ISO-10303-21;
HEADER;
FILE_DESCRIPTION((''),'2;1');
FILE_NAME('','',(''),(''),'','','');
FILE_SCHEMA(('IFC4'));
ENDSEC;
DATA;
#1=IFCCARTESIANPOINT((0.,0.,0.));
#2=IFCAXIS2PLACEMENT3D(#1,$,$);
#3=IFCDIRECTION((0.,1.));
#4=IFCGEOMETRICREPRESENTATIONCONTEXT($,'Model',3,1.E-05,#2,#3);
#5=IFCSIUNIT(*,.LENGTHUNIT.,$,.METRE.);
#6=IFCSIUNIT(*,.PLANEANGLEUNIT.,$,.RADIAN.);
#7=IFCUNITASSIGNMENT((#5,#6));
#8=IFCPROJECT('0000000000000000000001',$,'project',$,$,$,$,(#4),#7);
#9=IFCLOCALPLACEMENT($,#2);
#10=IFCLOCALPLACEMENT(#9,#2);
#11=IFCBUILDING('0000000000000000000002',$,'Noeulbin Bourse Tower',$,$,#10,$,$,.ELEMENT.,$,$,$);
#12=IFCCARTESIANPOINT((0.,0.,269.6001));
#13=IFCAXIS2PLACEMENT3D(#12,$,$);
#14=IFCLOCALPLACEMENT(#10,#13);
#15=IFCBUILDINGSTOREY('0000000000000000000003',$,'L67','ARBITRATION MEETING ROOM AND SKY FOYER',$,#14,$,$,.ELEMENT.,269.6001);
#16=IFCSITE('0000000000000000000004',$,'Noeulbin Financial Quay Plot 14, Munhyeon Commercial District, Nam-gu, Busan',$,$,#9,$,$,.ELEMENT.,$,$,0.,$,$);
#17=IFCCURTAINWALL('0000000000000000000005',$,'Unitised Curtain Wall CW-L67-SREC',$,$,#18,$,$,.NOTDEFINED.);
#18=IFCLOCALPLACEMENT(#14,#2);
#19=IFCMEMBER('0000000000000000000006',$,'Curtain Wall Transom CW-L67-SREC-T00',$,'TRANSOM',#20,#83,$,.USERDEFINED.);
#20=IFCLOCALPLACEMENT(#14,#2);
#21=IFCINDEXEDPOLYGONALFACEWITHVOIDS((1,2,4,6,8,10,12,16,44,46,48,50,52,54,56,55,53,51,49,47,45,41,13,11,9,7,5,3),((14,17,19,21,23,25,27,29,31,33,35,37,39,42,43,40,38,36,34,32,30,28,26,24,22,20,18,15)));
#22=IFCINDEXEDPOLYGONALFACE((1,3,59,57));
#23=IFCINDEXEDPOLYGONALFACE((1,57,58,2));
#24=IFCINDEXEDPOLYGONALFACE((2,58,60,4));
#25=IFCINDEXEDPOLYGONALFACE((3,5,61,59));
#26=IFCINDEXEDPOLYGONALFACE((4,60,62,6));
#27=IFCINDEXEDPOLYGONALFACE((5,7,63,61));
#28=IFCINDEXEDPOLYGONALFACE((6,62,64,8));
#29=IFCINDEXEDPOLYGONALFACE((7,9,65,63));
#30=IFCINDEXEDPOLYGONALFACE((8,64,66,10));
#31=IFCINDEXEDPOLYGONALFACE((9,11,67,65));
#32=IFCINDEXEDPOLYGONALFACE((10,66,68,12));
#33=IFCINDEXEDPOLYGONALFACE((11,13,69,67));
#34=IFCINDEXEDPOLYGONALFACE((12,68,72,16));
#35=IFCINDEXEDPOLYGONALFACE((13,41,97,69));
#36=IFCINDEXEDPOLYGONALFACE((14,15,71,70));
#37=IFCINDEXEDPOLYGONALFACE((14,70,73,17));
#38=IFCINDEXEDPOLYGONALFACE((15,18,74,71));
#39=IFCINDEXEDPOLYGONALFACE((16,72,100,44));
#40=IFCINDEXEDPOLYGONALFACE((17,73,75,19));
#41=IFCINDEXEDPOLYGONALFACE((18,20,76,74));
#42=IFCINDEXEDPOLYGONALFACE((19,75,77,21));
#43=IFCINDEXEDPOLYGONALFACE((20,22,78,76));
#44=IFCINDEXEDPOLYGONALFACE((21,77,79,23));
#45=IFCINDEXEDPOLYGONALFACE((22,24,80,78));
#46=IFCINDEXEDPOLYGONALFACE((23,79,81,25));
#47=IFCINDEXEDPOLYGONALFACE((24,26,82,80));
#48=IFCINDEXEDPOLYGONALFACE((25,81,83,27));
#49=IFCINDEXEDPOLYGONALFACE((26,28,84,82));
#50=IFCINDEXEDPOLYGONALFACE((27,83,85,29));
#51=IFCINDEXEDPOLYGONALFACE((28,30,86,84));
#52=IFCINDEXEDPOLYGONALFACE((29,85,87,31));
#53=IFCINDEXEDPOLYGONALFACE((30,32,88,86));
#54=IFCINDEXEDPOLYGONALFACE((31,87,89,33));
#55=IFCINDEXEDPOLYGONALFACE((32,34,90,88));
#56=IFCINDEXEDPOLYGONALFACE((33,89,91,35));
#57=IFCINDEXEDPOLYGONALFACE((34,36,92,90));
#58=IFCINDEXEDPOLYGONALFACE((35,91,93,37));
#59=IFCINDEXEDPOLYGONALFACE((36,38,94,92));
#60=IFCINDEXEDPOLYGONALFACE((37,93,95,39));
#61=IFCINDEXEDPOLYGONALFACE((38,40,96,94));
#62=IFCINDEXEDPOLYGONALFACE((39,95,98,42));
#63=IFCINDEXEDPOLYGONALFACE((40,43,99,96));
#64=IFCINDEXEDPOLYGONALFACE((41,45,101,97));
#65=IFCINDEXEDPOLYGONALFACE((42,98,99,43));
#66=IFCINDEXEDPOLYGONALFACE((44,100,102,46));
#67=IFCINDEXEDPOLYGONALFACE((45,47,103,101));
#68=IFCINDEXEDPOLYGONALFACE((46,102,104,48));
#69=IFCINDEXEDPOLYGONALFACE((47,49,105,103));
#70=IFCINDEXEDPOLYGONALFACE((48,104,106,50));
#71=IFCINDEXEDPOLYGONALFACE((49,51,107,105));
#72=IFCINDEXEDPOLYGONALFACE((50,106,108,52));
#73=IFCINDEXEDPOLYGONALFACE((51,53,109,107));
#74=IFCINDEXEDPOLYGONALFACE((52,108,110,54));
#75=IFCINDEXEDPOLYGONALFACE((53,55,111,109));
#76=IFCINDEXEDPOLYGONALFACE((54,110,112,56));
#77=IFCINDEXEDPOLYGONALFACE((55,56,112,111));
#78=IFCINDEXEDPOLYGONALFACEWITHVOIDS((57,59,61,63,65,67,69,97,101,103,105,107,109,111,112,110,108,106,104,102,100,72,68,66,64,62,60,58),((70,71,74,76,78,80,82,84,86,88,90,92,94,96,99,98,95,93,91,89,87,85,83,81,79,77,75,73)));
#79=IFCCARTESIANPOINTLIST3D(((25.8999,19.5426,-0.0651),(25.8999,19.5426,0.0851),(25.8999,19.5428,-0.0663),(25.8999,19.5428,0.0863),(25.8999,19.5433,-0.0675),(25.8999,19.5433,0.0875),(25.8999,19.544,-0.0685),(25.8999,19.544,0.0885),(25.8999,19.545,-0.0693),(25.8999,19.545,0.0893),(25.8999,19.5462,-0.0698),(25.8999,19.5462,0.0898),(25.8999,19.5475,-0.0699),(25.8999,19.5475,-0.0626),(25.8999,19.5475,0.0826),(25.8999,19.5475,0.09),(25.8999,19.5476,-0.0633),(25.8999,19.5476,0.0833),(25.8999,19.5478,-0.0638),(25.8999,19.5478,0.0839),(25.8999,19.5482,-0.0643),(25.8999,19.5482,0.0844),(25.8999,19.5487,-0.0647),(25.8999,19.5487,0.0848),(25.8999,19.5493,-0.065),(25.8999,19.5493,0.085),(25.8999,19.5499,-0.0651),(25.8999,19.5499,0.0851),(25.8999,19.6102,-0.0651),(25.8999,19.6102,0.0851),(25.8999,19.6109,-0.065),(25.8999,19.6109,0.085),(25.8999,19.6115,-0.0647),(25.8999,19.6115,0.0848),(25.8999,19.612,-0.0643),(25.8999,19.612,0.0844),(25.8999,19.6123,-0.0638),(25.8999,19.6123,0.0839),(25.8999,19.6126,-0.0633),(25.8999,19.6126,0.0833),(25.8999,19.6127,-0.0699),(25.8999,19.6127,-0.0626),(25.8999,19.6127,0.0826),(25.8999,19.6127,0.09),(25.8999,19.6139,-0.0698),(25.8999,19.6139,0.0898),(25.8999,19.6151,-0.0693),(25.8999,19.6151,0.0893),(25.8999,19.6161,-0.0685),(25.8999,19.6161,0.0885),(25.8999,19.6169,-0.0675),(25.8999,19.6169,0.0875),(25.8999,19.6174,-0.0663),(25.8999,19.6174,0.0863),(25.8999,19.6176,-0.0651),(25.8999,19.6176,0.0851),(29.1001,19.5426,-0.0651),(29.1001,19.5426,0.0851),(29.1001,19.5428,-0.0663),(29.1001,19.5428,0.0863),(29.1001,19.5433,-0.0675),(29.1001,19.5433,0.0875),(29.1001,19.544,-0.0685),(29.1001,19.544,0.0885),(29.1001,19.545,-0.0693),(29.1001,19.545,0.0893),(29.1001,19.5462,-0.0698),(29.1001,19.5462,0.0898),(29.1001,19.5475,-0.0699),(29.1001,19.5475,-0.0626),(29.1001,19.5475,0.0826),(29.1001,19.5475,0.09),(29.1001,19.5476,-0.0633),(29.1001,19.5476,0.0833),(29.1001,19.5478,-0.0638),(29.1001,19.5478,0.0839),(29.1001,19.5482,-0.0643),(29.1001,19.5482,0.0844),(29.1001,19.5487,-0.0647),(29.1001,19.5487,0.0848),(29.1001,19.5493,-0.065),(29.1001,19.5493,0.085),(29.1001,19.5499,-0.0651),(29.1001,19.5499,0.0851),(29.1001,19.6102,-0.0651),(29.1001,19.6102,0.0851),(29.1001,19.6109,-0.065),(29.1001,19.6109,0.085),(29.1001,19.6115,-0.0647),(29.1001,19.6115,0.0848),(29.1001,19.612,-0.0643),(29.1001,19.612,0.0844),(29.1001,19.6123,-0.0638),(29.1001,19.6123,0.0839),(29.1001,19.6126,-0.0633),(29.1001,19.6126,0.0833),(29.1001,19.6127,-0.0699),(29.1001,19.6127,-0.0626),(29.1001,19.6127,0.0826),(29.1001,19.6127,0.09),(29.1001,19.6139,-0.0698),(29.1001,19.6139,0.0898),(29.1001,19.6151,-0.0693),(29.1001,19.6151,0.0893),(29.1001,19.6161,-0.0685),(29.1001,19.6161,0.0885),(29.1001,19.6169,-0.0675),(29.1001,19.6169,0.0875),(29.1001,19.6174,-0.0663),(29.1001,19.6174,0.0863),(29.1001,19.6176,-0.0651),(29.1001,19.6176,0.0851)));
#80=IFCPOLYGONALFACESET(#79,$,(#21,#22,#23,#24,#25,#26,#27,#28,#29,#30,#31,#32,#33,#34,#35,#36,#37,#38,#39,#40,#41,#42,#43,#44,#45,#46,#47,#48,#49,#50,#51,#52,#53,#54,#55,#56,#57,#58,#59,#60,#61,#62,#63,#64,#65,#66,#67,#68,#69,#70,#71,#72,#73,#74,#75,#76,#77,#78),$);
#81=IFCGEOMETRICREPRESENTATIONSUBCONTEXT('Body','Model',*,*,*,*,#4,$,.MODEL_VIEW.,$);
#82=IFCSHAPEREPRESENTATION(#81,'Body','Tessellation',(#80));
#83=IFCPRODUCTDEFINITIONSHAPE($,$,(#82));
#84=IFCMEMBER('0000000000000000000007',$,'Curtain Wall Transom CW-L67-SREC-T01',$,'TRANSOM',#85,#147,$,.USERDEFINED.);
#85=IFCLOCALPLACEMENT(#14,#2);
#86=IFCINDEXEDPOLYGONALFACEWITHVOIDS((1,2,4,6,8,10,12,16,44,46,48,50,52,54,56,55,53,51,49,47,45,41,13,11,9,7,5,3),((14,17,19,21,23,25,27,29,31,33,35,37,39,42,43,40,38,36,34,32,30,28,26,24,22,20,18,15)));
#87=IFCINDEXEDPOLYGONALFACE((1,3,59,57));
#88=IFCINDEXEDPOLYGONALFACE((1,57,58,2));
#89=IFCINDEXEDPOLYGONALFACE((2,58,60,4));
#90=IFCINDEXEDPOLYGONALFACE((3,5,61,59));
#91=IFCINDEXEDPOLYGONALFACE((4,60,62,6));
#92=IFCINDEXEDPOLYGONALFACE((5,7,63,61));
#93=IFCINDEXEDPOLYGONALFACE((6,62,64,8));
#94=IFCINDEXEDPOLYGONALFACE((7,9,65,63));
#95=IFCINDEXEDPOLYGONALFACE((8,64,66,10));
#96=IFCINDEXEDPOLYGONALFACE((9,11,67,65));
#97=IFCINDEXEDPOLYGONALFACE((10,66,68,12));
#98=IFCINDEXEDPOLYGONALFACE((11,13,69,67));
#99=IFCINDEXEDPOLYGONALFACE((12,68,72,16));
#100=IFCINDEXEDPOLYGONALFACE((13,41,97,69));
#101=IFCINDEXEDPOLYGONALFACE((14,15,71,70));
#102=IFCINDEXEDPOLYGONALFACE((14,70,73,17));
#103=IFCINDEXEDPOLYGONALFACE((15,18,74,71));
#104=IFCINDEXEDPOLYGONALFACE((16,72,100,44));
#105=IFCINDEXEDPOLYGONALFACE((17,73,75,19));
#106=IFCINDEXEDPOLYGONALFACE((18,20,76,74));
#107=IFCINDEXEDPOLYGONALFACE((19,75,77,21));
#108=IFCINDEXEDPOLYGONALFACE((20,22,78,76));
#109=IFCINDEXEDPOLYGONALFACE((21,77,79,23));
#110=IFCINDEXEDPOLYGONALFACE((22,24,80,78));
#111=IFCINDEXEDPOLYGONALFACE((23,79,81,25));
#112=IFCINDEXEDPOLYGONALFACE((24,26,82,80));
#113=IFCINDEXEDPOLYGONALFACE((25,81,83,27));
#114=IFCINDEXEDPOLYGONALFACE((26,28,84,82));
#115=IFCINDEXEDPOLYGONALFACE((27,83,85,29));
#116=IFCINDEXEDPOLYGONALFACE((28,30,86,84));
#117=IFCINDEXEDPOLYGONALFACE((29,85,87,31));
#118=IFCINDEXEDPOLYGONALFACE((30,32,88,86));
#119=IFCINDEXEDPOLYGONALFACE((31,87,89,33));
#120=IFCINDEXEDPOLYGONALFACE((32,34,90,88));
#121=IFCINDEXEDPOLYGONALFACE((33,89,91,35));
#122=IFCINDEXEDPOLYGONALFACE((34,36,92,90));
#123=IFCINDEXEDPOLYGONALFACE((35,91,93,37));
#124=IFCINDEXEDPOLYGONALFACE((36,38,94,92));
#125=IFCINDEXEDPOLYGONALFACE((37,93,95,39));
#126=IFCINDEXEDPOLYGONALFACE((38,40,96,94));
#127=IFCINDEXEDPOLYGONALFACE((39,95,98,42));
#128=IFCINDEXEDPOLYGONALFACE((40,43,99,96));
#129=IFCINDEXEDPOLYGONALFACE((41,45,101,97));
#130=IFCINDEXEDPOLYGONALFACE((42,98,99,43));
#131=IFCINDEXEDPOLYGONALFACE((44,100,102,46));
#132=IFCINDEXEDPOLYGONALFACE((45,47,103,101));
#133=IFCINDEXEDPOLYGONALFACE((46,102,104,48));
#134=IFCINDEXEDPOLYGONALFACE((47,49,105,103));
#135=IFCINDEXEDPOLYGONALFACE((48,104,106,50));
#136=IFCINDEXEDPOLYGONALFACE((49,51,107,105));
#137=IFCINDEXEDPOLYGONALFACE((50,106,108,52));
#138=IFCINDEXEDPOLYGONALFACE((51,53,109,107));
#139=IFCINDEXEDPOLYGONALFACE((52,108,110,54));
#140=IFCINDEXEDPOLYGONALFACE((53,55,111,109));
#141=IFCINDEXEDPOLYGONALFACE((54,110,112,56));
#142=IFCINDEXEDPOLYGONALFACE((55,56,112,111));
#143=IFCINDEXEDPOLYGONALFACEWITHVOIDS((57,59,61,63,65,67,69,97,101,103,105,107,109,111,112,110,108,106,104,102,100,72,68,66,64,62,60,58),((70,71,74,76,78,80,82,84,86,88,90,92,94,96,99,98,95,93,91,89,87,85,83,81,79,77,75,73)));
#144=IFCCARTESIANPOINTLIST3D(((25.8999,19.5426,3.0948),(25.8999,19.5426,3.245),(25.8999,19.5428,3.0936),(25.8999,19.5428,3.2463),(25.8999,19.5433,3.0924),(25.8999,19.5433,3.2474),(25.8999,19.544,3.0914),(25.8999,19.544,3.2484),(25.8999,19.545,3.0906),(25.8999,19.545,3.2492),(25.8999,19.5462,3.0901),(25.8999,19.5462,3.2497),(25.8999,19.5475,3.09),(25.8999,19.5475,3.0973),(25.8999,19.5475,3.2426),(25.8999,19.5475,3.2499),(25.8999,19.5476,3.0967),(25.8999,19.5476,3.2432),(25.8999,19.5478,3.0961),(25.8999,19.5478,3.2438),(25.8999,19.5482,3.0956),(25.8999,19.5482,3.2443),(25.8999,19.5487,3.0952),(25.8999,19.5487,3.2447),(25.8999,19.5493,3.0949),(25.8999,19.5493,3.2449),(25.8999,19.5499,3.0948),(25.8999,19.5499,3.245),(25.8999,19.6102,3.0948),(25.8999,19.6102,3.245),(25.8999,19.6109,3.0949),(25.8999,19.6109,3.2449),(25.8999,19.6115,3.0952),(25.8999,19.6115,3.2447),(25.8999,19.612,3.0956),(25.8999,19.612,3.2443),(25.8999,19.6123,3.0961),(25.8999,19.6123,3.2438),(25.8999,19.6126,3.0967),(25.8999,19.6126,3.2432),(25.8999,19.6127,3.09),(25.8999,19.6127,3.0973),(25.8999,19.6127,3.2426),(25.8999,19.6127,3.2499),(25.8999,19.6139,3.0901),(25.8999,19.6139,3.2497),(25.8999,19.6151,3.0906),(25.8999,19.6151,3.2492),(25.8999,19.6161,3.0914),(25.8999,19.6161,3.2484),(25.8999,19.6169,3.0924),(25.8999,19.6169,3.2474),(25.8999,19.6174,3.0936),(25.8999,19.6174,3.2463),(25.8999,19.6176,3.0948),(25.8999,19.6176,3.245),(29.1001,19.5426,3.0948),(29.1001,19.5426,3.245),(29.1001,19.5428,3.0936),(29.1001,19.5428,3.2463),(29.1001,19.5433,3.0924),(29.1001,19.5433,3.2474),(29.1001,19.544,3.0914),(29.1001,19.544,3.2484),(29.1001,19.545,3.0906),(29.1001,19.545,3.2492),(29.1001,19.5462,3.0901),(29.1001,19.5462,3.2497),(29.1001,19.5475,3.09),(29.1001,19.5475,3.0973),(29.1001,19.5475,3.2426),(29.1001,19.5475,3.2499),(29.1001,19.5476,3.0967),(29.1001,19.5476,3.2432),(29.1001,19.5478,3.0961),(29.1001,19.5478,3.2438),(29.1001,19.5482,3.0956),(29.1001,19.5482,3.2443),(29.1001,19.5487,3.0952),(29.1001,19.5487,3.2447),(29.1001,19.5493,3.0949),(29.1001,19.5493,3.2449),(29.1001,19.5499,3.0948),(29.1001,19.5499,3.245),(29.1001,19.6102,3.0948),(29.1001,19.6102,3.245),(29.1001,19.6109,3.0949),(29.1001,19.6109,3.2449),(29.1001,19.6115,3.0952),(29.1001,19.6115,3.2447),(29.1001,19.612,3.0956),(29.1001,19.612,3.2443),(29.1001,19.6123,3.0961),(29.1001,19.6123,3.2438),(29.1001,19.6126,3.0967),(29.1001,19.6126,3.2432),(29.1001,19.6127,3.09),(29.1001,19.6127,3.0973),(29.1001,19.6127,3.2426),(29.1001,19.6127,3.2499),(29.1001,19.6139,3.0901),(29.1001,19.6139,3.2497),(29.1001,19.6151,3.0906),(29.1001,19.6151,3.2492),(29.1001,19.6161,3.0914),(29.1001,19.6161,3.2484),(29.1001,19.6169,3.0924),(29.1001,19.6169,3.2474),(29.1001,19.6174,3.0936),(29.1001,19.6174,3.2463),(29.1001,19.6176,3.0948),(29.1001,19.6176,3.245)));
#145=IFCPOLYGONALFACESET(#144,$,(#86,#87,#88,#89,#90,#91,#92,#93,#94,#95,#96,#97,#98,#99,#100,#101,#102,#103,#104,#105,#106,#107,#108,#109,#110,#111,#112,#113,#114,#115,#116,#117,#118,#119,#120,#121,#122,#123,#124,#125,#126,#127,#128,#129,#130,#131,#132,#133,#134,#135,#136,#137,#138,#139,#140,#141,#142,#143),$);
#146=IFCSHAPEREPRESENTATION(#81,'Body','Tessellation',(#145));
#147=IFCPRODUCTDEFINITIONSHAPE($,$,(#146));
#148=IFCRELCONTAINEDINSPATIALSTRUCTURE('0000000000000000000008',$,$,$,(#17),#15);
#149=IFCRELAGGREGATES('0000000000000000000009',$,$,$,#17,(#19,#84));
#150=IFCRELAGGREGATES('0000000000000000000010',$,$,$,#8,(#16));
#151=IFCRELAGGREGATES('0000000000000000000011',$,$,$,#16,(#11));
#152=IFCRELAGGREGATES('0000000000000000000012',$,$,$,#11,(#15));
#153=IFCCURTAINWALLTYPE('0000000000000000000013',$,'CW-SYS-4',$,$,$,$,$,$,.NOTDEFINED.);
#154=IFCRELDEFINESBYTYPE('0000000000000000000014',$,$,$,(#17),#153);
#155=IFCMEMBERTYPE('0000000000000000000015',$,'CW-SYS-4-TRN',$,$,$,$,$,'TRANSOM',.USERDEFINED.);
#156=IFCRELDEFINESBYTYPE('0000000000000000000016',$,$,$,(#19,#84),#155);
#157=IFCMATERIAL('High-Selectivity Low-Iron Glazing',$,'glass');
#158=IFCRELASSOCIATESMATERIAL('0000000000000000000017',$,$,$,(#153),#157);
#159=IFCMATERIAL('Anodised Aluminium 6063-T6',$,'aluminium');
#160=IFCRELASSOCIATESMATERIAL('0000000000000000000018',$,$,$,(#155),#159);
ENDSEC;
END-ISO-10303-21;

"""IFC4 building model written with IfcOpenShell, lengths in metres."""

from ifc_helpers import new_model, si_unit, direction, frame, origin, origin_2d, place, context, subcontext, project, spatial, hollow_rectangle, extrude, material, material_profile, profile_set, type_object, element, aggregate, save


model = new_model("IFC4")

# Units and contexts
model_context = context("Model", 3, precision=1e-05, world=origin(), true_north=direction((0.0, 1.0)))
body_context = subcontext(model_context, "Body", "Model", "MODEL_VIEW")
ifc_project = project(units=[si_unit("LENGTHUNIT", "METRE"), si_unit("PLANEANGLEUNIT", "RADIAN")], contexts=[model_context])

# Site, building, storey
site_placement = place(None, origin())
site = spatial("IfcSite", under=ifc_project, at=site_placement, Name="Noeulbin Financial Quay Plot 14, Munhyeon Commercial District, Nam-gu, Busan", CompositionType="ELEMENT", RefElevation=0.0)
building_placement = place(site_placement, origin())
building = spatial("IfcBuilding", under=site, at=building_placement, Name="Noeulbin Bourse Tower", CompositionType="ELEMENT")
storey_placement = place(building_placement, frame((0.0, 0.0, 269.6001)))
storey = spatial("IfcBuildingStorey", under=building, at=storey_placement, Name="L67", Description="ARBITRATION MEETING ROOM AND SKY FOYER", CompositionType="ELEMENT", Elevation=269.6001)

# Curtain wall
ifc_material_1 = material(Name="High-Selectivity Low-Iron Glazing", Category="glass")
curtain_wall_type = type_object("IfcCurtainWallType", Name="CW-SYS-4", PredefinedType="NOTDEFINED", material=ifc_material_1)
curtain_wall_1_placement = place(storey_placement, origin())
curtain_wall_1 = element("IfcCurtainWall", 1, at=curtain_wall_1_placement, inside=storey, type_object=curtain_wall_type, Name="Unitised Curtain Wall CW-L67-SREC", PredefinedType="NOTDEFINED")
ifc_material_2 = material(Name="Anodised Aluminium 6063-T6", Category="aluminium")

# Members
ifc_material_profile_1 = material_profile(ifc_material_2, hollow_rectangle(XDim=0.075, YDim=0.1599, WallThickness=0.0049, InnerFilletRadius=0.0024, OuterFilletRadius=0.0049, at=origin_2d()), Name="ALU-TRAN-75x160x5", Category="LoadBearing")
ifc_profile_set_1 = profile_set([ifc_material_profile_1], Name="Anodised Aluminium 6063-T6")
member_type_1 = type_object("IfcMemberType", Name="CW-SYS-4-TRN", ElementType="TRANSOM", PredefinedType="USERDEFINED", material=ifc_profile_set_1)
member_1_placement = place(storey_placement, frame((25.8999, 19.5801, 0.01), z_axis=(1.0, 0.0, 0.0), x_axis=(0.0, 1.0, 0.0)))
member_1 = element("IfcMember", 2, at=member_1_placement, type_object=member_type_1, Name="Curtain Wall Transom CW-L67-SREC-T00", ObjectType="TRANSOM", PredefinedType="USERDEFINED", context=body_context, shape_type="SweptSolid", body=[
    extrude(hollow_rectangle(XDim=0.075, YDim=0.1599, WallThickness=0.0049, InnerFilletRadius=0.0024, OuterFilletRadius=0.0049, at=origin_2d()), origin(), (0.0, 0.0, 1.0), 3.2002),
])
member_2_placement = place(storey_placement, frame((25.8999, 19.5801, 3.1699), z_axis=(1.0, 0.0, 0.0), x_axis=(0.0, 1.0, 0.0)))
member_2 = element("IfcMember", 3, at=member_2_placement, type_object=member_type_1, Name="Curtain Wall Transom CW-L67-SREC-T01", ObjectType="TRANSOM", PredefinedType="USERDEFINED", context=body_context, shape_type="SweptSolid", body=[
    extrude(hollow_rectangle(XDim=0.075, YDim=0.1599, WallThickness=0.0049, InnerFilletRadius=0.0024, OuterFilletRadius=0.0049, at=origin_2d()), origin(), (0.0, 0.0, 1.0), 3.2002),
])

aggregate(curtain_wall_1, [member_1, member_2])

save(model, "model.ifc")
